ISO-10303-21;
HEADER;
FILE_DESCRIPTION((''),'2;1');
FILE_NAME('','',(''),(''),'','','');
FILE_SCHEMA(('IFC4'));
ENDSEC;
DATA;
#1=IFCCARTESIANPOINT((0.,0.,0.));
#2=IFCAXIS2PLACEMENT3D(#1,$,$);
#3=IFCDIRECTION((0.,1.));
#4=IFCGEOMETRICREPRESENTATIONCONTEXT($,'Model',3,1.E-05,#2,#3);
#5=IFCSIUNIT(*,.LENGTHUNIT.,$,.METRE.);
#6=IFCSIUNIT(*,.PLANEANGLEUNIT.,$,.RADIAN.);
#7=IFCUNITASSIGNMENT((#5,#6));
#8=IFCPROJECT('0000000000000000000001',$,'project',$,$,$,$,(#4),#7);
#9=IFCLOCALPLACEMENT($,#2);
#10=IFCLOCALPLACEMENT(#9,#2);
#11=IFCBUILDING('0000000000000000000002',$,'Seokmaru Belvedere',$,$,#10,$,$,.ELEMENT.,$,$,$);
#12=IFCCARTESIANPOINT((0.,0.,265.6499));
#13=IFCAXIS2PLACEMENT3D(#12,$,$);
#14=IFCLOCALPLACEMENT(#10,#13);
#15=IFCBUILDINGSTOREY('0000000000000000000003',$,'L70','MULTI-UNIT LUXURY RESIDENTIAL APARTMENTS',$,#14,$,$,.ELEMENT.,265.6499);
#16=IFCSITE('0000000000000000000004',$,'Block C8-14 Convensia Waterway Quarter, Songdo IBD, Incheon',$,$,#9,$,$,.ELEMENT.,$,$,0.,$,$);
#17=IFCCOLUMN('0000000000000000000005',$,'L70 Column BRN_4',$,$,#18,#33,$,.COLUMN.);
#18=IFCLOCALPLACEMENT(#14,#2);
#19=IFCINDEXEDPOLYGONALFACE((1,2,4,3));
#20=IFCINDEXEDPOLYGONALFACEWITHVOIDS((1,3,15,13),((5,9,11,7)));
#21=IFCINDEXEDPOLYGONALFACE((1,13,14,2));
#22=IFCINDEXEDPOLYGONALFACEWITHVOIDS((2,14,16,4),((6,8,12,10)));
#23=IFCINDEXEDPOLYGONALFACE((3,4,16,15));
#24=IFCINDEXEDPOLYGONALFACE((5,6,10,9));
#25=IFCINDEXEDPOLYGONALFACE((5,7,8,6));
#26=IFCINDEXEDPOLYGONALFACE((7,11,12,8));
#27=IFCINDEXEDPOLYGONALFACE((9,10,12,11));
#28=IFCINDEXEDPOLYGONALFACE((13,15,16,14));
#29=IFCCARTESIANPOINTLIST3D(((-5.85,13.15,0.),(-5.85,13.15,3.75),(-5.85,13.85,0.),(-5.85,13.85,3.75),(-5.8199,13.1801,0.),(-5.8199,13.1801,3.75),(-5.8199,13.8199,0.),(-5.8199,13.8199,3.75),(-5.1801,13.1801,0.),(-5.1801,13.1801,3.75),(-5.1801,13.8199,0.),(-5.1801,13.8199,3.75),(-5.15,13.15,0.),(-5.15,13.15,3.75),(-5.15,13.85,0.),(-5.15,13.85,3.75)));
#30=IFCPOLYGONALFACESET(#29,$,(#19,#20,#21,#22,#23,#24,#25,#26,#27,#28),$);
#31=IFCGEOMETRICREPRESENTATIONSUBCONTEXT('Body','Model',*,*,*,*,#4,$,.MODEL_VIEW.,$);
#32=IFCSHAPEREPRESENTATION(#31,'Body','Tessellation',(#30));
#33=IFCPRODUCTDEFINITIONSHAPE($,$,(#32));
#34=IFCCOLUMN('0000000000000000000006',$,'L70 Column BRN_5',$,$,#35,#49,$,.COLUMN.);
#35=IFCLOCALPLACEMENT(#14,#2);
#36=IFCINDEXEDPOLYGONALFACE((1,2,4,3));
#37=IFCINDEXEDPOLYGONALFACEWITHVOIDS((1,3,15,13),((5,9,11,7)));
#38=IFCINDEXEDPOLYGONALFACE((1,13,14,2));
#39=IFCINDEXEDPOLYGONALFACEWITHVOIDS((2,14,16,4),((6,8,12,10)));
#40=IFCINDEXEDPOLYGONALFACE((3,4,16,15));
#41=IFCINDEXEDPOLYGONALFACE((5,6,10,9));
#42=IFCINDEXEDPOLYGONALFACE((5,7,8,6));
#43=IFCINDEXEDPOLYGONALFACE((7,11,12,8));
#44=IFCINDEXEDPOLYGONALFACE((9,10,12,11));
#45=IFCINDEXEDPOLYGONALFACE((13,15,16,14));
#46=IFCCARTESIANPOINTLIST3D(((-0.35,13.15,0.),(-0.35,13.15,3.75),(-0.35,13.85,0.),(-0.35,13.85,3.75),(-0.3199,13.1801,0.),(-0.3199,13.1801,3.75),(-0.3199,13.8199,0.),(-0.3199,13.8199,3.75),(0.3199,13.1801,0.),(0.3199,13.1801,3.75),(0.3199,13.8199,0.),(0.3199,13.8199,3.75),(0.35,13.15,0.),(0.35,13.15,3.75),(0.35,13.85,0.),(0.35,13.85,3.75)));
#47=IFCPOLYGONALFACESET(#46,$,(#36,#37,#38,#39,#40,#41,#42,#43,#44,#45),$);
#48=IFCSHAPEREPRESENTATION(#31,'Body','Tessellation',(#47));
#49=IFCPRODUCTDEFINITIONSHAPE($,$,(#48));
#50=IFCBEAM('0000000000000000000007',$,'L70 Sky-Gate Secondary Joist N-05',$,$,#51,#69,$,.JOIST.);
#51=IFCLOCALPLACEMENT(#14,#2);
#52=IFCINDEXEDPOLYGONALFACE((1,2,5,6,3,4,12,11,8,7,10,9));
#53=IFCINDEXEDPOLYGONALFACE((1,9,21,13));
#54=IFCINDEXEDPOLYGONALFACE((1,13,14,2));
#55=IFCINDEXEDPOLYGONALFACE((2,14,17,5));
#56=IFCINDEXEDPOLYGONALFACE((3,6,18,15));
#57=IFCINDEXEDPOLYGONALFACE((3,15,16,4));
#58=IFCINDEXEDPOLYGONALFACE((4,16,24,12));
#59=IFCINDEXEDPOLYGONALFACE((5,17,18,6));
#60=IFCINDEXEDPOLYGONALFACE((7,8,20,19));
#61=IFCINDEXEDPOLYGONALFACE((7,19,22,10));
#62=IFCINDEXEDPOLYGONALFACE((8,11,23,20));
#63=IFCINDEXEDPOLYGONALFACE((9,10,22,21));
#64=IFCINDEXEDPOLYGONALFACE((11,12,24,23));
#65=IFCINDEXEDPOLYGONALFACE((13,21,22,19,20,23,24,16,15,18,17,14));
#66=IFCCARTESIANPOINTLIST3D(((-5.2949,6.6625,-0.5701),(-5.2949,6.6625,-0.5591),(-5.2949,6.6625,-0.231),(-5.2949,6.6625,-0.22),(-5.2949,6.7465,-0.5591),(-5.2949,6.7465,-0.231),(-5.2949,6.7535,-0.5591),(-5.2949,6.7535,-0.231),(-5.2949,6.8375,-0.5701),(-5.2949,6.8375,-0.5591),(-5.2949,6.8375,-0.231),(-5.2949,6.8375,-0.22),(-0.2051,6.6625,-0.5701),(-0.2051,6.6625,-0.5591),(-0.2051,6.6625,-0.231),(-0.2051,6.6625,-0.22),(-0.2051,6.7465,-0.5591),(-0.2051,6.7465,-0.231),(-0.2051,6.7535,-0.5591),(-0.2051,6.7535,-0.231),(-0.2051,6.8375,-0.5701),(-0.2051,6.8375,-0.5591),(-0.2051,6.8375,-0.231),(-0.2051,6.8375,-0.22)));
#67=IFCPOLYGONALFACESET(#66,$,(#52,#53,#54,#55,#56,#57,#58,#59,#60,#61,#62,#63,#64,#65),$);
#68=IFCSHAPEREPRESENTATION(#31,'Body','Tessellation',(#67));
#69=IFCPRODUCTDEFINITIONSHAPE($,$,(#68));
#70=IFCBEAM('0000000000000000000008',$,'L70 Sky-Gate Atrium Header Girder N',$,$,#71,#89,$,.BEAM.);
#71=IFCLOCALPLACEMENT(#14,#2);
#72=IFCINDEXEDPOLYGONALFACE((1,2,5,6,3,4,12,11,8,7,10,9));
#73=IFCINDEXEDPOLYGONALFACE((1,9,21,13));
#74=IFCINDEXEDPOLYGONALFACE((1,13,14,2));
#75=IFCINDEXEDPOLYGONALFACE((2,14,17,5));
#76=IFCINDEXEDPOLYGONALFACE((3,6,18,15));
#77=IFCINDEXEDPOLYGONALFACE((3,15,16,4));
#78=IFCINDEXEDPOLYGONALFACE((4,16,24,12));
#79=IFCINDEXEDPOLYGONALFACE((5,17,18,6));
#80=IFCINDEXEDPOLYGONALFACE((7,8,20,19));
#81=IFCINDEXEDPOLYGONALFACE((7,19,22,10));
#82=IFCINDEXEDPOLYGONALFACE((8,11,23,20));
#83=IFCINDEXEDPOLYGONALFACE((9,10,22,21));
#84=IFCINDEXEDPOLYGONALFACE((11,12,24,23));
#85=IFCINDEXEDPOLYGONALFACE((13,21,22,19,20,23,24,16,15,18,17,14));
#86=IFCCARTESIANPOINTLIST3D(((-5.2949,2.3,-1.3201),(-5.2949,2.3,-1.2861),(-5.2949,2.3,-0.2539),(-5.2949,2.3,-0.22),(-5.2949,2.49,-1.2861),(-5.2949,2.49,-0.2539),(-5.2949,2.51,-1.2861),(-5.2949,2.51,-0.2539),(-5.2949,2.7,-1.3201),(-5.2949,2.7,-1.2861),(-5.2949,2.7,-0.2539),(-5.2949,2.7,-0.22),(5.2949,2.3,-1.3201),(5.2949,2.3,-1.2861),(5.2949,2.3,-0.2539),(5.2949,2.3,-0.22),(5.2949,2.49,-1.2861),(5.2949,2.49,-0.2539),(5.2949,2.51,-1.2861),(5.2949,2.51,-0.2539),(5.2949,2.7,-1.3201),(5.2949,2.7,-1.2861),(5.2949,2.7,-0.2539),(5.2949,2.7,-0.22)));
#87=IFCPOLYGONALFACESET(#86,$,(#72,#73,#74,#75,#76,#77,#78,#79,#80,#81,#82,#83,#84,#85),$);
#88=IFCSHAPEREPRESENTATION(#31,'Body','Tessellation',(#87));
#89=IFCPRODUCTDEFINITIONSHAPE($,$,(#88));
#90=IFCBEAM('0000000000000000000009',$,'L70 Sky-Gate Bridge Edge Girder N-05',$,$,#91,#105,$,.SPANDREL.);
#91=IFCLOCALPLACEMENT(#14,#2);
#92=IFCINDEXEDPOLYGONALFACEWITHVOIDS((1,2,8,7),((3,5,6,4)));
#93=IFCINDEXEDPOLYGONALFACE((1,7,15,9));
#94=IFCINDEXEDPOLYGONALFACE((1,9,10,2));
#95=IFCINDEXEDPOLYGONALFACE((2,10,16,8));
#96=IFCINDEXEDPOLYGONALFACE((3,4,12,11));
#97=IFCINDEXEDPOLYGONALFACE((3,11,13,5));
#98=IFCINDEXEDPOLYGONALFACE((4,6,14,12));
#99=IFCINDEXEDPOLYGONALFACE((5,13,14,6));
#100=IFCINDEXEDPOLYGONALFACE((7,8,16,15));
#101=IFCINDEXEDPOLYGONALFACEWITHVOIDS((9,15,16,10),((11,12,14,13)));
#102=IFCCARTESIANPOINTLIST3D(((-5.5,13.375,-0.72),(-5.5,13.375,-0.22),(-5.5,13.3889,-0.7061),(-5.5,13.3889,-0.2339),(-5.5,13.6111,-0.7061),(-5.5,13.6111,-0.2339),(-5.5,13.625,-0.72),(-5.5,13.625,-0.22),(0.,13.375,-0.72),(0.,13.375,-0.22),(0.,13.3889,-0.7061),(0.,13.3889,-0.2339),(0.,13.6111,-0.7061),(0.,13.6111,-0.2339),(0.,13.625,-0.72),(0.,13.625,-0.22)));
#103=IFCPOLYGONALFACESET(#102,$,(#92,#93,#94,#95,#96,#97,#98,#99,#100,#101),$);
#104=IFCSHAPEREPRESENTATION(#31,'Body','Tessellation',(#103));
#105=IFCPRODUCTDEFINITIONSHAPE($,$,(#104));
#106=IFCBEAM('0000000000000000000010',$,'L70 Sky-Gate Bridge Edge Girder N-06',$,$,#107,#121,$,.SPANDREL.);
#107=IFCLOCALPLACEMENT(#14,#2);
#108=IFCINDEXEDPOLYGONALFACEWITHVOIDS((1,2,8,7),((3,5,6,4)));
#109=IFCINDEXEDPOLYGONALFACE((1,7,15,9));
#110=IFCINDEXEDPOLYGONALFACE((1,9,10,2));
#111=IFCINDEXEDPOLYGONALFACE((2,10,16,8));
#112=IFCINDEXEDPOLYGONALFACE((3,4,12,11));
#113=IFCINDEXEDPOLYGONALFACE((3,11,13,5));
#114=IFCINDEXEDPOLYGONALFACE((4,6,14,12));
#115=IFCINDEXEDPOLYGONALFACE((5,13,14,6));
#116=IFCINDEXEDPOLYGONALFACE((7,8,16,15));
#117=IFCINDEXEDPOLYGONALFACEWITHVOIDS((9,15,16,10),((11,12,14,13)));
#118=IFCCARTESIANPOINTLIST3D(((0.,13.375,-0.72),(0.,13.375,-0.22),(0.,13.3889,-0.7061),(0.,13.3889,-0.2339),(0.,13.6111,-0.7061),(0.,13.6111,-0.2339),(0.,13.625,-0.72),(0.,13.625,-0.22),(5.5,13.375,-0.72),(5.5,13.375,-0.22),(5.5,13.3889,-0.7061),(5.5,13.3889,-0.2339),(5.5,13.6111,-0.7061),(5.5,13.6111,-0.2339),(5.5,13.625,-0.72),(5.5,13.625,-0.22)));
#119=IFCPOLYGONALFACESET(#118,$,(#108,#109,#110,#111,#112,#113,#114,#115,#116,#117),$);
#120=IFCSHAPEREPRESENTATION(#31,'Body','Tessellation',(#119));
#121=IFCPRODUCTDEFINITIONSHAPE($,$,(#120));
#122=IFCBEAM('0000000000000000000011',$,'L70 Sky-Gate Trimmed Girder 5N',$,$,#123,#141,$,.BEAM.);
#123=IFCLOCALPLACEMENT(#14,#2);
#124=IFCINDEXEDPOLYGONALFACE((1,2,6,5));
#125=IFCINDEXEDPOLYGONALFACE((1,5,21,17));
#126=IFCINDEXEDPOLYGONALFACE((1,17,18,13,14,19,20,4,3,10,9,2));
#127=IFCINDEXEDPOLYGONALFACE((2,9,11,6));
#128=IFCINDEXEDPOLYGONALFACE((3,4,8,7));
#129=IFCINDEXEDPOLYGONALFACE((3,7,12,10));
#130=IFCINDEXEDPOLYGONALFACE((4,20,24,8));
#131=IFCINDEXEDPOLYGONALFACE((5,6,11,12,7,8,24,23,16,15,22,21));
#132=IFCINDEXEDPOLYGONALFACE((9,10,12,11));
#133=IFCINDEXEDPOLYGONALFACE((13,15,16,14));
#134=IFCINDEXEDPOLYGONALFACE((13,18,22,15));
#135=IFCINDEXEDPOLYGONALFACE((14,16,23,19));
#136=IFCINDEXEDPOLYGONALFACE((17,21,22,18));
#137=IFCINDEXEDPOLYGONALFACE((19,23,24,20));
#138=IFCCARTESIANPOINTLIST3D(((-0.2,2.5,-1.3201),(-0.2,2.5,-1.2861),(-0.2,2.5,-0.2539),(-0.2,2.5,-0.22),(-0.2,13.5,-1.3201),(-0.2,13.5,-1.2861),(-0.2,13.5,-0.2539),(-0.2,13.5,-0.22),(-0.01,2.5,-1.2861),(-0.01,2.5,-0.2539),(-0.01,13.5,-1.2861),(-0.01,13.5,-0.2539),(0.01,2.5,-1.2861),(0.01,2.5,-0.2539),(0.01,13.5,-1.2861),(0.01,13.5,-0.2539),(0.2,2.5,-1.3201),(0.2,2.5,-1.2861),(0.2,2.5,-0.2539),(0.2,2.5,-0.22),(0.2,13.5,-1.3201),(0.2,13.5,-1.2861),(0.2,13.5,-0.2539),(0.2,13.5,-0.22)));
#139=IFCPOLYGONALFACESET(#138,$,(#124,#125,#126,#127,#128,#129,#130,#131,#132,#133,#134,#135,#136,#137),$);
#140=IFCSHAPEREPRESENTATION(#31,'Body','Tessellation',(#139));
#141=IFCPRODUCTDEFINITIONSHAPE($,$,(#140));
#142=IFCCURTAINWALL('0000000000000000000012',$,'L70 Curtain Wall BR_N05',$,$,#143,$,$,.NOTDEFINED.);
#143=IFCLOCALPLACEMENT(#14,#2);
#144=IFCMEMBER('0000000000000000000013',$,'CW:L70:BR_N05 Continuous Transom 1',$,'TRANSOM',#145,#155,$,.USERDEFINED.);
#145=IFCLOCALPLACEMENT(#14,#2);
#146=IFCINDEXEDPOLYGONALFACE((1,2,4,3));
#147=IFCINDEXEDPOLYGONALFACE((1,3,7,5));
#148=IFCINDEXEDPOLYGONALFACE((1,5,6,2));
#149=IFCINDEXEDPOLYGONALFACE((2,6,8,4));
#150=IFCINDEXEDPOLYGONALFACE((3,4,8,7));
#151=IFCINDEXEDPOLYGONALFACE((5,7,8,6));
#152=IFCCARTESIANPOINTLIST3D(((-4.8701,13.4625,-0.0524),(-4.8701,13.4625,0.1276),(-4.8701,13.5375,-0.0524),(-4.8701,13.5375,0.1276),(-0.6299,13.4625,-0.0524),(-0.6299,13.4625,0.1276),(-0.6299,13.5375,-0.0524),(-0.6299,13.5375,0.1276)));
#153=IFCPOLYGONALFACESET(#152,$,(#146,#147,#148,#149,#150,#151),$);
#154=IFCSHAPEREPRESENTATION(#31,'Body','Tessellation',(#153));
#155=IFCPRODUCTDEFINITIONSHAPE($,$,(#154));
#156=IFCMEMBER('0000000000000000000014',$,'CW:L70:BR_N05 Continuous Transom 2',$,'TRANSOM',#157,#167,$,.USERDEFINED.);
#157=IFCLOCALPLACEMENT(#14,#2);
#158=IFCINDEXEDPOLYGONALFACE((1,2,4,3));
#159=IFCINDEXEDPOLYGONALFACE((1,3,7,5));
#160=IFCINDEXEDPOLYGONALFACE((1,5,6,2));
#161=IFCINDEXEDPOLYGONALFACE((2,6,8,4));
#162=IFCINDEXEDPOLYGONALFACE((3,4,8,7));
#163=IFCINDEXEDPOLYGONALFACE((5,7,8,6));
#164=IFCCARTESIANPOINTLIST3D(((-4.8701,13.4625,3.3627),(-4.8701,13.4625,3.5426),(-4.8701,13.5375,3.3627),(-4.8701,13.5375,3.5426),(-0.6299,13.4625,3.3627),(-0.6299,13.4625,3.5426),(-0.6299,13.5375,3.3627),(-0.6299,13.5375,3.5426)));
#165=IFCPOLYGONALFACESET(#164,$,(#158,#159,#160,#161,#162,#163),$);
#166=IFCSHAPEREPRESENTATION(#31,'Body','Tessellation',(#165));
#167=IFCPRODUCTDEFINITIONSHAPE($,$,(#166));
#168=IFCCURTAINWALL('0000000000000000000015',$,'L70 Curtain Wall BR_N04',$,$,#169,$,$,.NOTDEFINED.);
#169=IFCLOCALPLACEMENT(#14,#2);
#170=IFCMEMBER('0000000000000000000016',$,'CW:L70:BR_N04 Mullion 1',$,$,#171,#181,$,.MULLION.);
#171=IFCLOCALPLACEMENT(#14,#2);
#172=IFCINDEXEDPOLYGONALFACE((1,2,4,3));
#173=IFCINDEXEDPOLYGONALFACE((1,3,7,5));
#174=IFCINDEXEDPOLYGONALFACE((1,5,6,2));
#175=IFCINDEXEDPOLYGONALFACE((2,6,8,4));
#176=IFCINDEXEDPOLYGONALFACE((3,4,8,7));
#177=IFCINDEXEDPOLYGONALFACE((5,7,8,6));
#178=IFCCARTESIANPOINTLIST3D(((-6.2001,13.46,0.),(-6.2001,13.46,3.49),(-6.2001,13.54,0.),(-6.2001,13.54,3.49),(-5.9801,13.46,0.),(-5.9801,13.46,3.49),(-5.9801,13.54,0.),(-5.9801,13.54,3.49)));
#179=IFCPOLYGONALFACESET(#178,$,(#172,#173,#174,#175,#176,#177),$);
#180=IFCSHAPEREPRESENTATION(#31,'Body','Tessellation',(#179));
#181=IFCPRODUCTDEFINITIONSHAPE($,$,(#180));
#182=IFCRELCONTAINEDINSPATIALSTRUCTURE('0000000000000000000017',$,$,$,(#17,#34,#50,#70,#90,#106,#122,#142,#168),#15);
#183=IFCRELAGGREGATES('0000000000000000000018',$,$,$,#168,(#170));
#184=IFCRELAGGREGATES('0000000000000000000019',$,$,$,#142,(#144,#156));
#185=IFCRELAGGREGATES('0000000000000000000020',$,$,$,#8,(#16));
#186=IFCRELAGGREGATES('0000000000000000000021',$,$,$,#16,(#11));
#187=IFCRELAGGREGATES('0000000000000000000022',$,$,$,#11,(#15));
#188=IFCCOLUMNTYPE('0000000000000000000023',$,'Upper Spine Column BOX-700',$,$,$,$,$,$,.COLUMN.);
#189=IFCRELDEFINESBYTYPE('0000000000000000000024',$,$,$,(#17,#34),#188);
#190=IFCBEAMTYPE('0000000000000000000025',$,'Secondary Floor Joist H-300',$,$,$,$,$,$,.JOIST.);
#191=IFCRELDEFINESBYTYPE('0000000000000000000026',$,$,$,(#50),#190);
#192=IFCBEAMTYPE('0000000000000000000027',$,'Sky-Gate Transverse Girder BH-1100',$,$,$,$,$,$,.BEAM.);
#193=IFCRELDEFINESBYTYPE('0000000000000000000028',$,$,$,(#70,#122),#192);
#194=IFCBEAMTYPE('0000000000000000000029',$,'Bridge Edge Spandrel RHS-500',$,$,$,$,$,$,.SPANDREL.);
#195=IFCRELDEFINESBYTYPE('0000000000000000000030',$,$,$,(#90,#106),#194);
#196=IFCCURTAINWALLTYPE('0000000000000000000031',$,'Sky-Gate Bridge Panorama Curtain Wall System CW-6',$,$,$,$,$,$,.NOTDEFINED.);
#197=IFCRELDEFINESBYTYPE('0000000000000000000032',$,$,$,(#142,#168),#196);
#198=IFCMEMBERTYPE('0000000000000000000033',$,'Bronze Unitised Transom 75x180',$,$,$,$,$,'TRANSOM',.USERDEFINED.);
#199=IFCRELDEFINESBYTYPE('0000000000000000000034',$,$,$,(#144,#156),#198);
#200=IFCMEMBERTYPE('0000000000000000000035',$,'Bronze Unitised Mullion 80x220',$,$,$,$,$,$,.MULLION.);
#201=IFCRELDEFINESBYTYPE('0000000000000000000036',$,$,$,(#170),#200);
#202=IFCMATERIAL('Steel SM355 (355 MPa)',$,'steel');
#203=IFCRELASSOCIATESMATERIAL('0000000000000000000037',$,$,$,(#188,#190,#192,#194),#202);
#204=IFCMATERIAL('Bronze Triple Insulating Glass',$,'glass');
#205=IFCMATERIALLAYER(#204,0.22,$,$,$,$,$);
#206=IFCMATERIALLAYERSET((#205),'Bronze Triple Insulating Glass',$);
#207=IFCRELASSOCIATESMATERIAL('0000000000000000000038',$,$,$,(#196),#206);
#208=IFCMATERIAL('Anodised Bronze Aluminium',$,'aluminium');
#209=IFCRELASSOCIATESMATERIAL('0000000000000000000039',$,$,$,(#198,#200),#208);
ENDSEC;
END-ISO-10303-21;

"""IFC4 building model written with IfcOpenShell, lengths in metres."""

from ifc_helpers import new_model, si_unit, direction, frame, origin, origin_2d, place, context, subcontext, project, spatial, rectangle, hollow_rectangle, i_section, extrude, source, transform, mapped, material, layer, layer_set, material_profile, profile_set, type_object, type_shapes, element, aggregate, save


model = new_model("IFC4")

# Units and contexts
model_context = context("Model", 3, precision=1e-05, world=origin(), true_north=direction((0.0, 1.0)))
body_context = subcontext(model_context, "Body", "Model", "MODEL_VIEW")
ifc_project = project(units=[si_unit("LENGTHUNIT", "METRE"), si_unit("PLANEANGLEUNIT", "RADIAN")], contexts=[model_context])

# Site, building, storey
site_placement = place(None, origin())
site = spatial("IfcSite", under=ifc_project, at=site_placement, Name="Block C8-14 Convensia Waterway Quarter, Songdo IBD, Incheon", CompositionType="ELEMENT", RefElevation=0.0)
building_placement = place(site_placement, origin())
building = spatial("IfcBuilding", under=site, at=building_placement, Name="Seokmaru Belvedere", CompositionType="ELEMENT")
storey_placement = place(building_placement, frame((0.0, 0.0, 265.6499)))
storey = spatial("IfcBuildingStorey", under=building, at=storey_placement, Name="L70", Description="MULTI-UNIT LUXURY RESIDENTIAL APARTMENTS", CompositionType="ELEMENT", Elevation=265.6499)

# Columns
ifc_material_1 = material(Name="Steel SM355 (355 MPa)", Category="steel")
ifc_material_profile_1 = material_profile(ifc_material_1, hollow_rectangle(XDim=0.7, YDim=0.7, WallThickness=0.03, at=origin_2d()), Name="BOX-700x700x30")
ifc_profile_set_1 = profile_set([ifc_material_profile_1], Name="Steel SM355 (355 MPa)")
column_type = type_object("IfcColumnType", Name="Upper Spine Column BOX-700", PredefinedType="COLUMN", material=ifc_profile_set_1)
shared_shape_1 = source(origin(), body_context, "Body", "SweptSolid", [
    extrude(hollow_rectangle(XDim=0.7, YDim=0.7, WallThickness=0.03, at=origin_2d()), origin(), (0.0, 0.0, 1.0), 3.75),
])
type_shapes(column_type, [shared_shape_1])
for number, where, z_axis, x_axis, name in (
    (1, (-5.5, 13.5, 0.0), (0.0, 0.0, 1.0), (1.0, 0.0, 0.0), "L70 Column BRN_4"),
    (2, (0.0, 13.5, 0.0), (0.0, 0.0, 1.0), (1.0, 0.0, 0.0), "L70 Column BRN_5"),
):
    element("IfcColumn", number, at=place(storey_placement, frame(where, z_axis=z_axis, x_axis=x_axis)), inside=storey, type_object=column_type, Name=name, PredefinedType="COLUMN", context=body_context, shape_type="MappedRepresentation", body=[
        mapped(shared_shape_1, transform((0.0, 0.0, 0.0), scale=1.0)),
    ])

# Beams
ifc_material_profile_2 = material_profile(ifc_material_1, i_section(OverallWidth=0.175, OverallDepth=0.3501, WebThickness=0.0071, FlangeThickness=0.011, at=origin_2d()), Name="H-350x175x7x11")
ifc_profile_set_2 = profile_set([ifc_material_profile_2], Name="Steel SM355 (355 MPa)")
beam_type_1 = type_object("IfcBeamType", Name="Secondary Floor Joist H-300", PredefinedType="JOIST", material=ifc_profile_set_2)
shared_shape_2 = source(origin(), body_context, "Body", "SweptSolid", [
    extrude(i_section(OverallWidth=0.175, OverallDepth=0.3501, WebThickness=0.0071, FlangeThickness=0.011, at=origin_2d()), origin(), (0.0, 0.0, 1.0), 5.0898),
])
type_shapes(beam_type_1, [shared_shape_2])
beam_1_placement = place(storey_placement, frame((-5.2949, 6.75, -0.395), z_axis=(1.0, 0.0, 0.0), x_axis=(0.0, 1.0, 0.0)))
element("IfcBeam", 3, at=beam_1_placement, inside=storey, type_object=beam_type_1, Name="L70 Sky-Gate Secondary Joist N-05", PredefinedType="JOIST", context=body_context, shape_type="MappedRepresentation", body=[
    mapped(shared_shape_2, transform((0.0, 0.0, 0.0), scale=1.0)),
])
ifc_material_profile_3 = material_profile(ifc_material_1, i_section(OverallWidth=0.3999, OverallDepth=1.1001, WebThickness=0.02, FlangeThickness=0.0339, at=origin_2d()), Name="BH-1100x400x20x34")
ifc_profile_set_3 = profile_set([ifc_material_profile_3], Name="Steel SM355 (355 MPa)")
beam_type_2 = type_object("IfcBeamType", Name="Sky-Gate Transverse Girder BH-1100", PredefinedType="BEAM", material=ifc_profile_set_3)
shared_shape_3 = source(origin(), body_context, "Body", "SweptSolid", [
    extrude(i_section(OverallWidth=0.3999, OverallDepth=1.1001, WebThickness=0.02, FlangeThickness=0.0339, at=origin_2d()), origin(), (0.0, 0.0, 1.0), 10.5898),
])
beam_2_placement = place(storey_placement, frame((-5.2949, 2.5, -0.77), z_axis=(1.0, 0.0, 0.0), x_axis=(0.0, 1.0, 0.0)))
element("IfcBeam", 4, at=beam_2_placement, inside=storey, type_object=beam_type_2, Name="L70 Sky-Gate Atrium Header Girder N", PredefinedType="BEAM", context=body_context, shape_type="MappedRepresentation", body=[
    mapped(shared_shape_3, transform((0.0, 0.0, 0.0), scale=1.0)),
])
ifc_material_profile_4 = material_profile(ifc_material_1, hollow_rectangle(XDim=0.25, YDim=0.5, WallThickness=0.0139, at=origin_2d()), Name="RHS-500x250x14")
ifc_profile_set_4 = profile_set([ifc_material_profile_4], Name="Steel SM355 (355 MPa)")
beam_type_3 = type_object("IfcBeamType", Name="Bridge Edge Spandrel RHS-500", PredefinedType="SPANDREL", material=ifc_profile_set_4)
shared_shape_4 = source(origin(), body_context, "Body", "SweptSolid", [
    extrude(hollow_rectangle(XDim=0.25, YDim=0.5, WallThickness=0.0139, at=origin_2d()), origin(), (0.0, 0.0, 1.0), 5.5),
])
type_shapes(beam_type_3, [shared_shape_4])
for number, where, z_axis, x_axis, name in (
    (5, (-5.5, 13.5, -0.47), (1.0, 0.0, 0.0), (0.0, 1.0, 0.0), "L70 Sky-Gate Bridge Edge Girder N-05"),
    (6, (0.0, 13.5, -0.47), (1.0, 0.0, 0.0), (0.0, 1.0, 0.0), "L70 Sky-Gate Bridge Edge Girder N-06"),
):
    element("IfcBeam", number, at=place(storey_placement, frame(where, z_axis=z_axis, x_axis=x_axis)), inside=storey, type_object=beam_type_3, Name=name, PredefinedType="SPANDREL", context=body_context, shape_type="MappedRepresentation", body=[
        mapped(shared_shape_4, transform((0.0, 0.0, 0.0), scale=1.0)),
    ])
shared_shape_5 = source(origin(), body_context, "Body", "SweptSolid", [
    extrude(i_section(OverallWidth=0.3999, OverallDepth=1.1001, WebThickness=0.02, FlangeThickness=0.0339, at=origin_2d()), origin(), (0.0, 0.0, 1.0), 11.0),
])
type_shapes(beam_type_2, [shared_shape_3, shared_shape_5])
beam_3_placement = place(storey_placement, frame((0.0, 2.5, -0.77), z_axis=(0.0, 1.0, 0.0), x_axis=(-1.0, 0.0, 0.0)))
element("IfcBeam", 7, at=beam_3_placement, inside=storey, type_object=beam_type_2, Name="L70 Sky-Gate Trimmed Girder 5N", PredefinedType="BEAM", context=body_context, shape_type="MappedRepresentation", body=[
    mapped(shared_shape_5, transform((0.0, 0.0, 0.0), scale=1.0)),
])

# Curtain wall, members
ifc_material_2 = material(Name="Bronze Triple Insulating Glass", Category="glass")
ifc_layer_1 = layer(ifc_material_2, 0.22)
ifc_layer_set_1 = layer_set([ifc_layer_1], Name="Bronze Triple Insulating Glass")
curtain_wall_type = type_object("IfcCurtainWallType", Name="Sky-Gate Bridge Panorama Curtain Wall System CW-6", PredefinedType="NOTDEFINED", material=ifc_layer_set_1)
curtain_wall_1_placement = place(storey_placement, origin())
curtain_wall_1 = element("IfcCurtainWall", 8, at=curtain_wall_1_placement, inside=storey, type_object=curtain_wall_type, Name="L70 Curtain Wall BR_N05", PredefinedType="NOTDEFINED")
ifc_material_3 = material(Name="Anodised Bronze Aluminium", Category="aluminium")
ifc_material_profile_5 = material_profile(ifc_material_3, rectangle(XDim=0.075, YDim=0.1799, at=origin_2d()), Name="CW-T-75x180")
ifc_profile_set_5 = profile_set([ifc_material_profile_5], Name="Anodised Bronze Aluminium")
member_type_1 = type_object("IfcMemberType", Name="Bronze Unitised Transom 75x180", ElementType="TRANSOM", PredefinedType="USERDEFINED", material=ifc_profile_set_5)
shared_shape_6 = source(origin(), body_context, "Body", "SweptSolid", [
    extrude(rectangle(XDim=0.075, YDim=0.1799, at=origin_2d()), origin(), (0.0, 0.0, 1.0), 4.2402),
])
type_shapes(member_type_1, [shared_shape_6])
member_1_placement = place(storey_placement, frame((-0.6299, 13.5, 0.0376), z_axis=(-1.0, 0.0, 0.0), x_axis=(0.0, -1.0, 0.0)))
member_1 = element("IfcMember", 9, at=member_1_placement, type_object=member_type_1, Name="CW:L70:BR_N05 Continuous Transom 1", ObjectType="TRANSOM", PredefinedType="USERDEFINED", context=body_context, shape_type="MappedRepresentation", body=[
    mapped(shared_shape_6, transform((0.0, 0.0, 0.0), scale=1.0)),
])
member_2_placement = place(storey_placement, frame((-0.6299, 13.5, 3.4526), z_axis=(-1.0, 0.0, 0.0), x_axis=(0.0, -1.0, 0.0)))
member_2 = element("IfcMember", 10, at=member_2_placement, type_object=member_type_1, Name="CW:L70:BR_N05 Continuous Transom 2", ObjectType="TRANSOM", PredefinedType="USERDEFINED", context=body_context, shape_type="MappedRepresentation", body=[
    mapped(shared_shape_6, transform((0.0, 0.0, 0.0), scale=1.0)),
])

# Curtain wall, member
curtain_wall_2_placement = place(storey_placement, origin())
curtain_wall_2 = element("IfcCurtainWall", 11, at=curtain_wall_2_placement, inside=storey, type_object=curtain_wall_type, Name="L70 Curtain Wall BR_N04", PredefinedType="NOTDEFINED")
ifc_material_profile_6 = material_profile(ifc_material_3, rectangle(XDim=0.0801, YDim=0.22, at=origin_2d()), Name="CW-M-80x220")
ifc_profile_set_6 = profile_set([ifc_material_profile_6], Name="Anodised Bronze Aluminium")
member_type_2 = type_object("IfcMemberType", Name="Bronze Unitised Mullion 80x220", PredefinedType="MULLION", material=ifc_profile_set_6)
shared_shape_7 = source(origin(), body_context, "Body", "SweptSolid", [
    extrude(rectangle(XDim=0.0801, YDim=0.22, at=origin_2d()), origin(), (0.0, 0.0, 1.0), 3.49),
])
type_shapes(member_type_2, [shared_shape_7])
member_3_placement = place(storey_placement, frame((-6.0901, 13.5, 0.0), z_axis=(0.0, 0.0, 1.0), x_axis=(0.0, -1.0, 0.0)))
member_3 = element("IfcMember", 12, at=member_3_placement, type_object=member_type_2, Name="CW:L70:BR_N04 Mullion 1", PredefinedType="MULLION", context=body_context, shape_type="MappedRepresentation", body=[
    mapped(shared_shape_7, transform((0.0, 0.0, 0.0), scale=1.0)),
])
aggregate(curtain_wall_2, [member_3])

aggregate(curtain_wall_1, [member_1, member_2])

save(model, "model.ifc")
